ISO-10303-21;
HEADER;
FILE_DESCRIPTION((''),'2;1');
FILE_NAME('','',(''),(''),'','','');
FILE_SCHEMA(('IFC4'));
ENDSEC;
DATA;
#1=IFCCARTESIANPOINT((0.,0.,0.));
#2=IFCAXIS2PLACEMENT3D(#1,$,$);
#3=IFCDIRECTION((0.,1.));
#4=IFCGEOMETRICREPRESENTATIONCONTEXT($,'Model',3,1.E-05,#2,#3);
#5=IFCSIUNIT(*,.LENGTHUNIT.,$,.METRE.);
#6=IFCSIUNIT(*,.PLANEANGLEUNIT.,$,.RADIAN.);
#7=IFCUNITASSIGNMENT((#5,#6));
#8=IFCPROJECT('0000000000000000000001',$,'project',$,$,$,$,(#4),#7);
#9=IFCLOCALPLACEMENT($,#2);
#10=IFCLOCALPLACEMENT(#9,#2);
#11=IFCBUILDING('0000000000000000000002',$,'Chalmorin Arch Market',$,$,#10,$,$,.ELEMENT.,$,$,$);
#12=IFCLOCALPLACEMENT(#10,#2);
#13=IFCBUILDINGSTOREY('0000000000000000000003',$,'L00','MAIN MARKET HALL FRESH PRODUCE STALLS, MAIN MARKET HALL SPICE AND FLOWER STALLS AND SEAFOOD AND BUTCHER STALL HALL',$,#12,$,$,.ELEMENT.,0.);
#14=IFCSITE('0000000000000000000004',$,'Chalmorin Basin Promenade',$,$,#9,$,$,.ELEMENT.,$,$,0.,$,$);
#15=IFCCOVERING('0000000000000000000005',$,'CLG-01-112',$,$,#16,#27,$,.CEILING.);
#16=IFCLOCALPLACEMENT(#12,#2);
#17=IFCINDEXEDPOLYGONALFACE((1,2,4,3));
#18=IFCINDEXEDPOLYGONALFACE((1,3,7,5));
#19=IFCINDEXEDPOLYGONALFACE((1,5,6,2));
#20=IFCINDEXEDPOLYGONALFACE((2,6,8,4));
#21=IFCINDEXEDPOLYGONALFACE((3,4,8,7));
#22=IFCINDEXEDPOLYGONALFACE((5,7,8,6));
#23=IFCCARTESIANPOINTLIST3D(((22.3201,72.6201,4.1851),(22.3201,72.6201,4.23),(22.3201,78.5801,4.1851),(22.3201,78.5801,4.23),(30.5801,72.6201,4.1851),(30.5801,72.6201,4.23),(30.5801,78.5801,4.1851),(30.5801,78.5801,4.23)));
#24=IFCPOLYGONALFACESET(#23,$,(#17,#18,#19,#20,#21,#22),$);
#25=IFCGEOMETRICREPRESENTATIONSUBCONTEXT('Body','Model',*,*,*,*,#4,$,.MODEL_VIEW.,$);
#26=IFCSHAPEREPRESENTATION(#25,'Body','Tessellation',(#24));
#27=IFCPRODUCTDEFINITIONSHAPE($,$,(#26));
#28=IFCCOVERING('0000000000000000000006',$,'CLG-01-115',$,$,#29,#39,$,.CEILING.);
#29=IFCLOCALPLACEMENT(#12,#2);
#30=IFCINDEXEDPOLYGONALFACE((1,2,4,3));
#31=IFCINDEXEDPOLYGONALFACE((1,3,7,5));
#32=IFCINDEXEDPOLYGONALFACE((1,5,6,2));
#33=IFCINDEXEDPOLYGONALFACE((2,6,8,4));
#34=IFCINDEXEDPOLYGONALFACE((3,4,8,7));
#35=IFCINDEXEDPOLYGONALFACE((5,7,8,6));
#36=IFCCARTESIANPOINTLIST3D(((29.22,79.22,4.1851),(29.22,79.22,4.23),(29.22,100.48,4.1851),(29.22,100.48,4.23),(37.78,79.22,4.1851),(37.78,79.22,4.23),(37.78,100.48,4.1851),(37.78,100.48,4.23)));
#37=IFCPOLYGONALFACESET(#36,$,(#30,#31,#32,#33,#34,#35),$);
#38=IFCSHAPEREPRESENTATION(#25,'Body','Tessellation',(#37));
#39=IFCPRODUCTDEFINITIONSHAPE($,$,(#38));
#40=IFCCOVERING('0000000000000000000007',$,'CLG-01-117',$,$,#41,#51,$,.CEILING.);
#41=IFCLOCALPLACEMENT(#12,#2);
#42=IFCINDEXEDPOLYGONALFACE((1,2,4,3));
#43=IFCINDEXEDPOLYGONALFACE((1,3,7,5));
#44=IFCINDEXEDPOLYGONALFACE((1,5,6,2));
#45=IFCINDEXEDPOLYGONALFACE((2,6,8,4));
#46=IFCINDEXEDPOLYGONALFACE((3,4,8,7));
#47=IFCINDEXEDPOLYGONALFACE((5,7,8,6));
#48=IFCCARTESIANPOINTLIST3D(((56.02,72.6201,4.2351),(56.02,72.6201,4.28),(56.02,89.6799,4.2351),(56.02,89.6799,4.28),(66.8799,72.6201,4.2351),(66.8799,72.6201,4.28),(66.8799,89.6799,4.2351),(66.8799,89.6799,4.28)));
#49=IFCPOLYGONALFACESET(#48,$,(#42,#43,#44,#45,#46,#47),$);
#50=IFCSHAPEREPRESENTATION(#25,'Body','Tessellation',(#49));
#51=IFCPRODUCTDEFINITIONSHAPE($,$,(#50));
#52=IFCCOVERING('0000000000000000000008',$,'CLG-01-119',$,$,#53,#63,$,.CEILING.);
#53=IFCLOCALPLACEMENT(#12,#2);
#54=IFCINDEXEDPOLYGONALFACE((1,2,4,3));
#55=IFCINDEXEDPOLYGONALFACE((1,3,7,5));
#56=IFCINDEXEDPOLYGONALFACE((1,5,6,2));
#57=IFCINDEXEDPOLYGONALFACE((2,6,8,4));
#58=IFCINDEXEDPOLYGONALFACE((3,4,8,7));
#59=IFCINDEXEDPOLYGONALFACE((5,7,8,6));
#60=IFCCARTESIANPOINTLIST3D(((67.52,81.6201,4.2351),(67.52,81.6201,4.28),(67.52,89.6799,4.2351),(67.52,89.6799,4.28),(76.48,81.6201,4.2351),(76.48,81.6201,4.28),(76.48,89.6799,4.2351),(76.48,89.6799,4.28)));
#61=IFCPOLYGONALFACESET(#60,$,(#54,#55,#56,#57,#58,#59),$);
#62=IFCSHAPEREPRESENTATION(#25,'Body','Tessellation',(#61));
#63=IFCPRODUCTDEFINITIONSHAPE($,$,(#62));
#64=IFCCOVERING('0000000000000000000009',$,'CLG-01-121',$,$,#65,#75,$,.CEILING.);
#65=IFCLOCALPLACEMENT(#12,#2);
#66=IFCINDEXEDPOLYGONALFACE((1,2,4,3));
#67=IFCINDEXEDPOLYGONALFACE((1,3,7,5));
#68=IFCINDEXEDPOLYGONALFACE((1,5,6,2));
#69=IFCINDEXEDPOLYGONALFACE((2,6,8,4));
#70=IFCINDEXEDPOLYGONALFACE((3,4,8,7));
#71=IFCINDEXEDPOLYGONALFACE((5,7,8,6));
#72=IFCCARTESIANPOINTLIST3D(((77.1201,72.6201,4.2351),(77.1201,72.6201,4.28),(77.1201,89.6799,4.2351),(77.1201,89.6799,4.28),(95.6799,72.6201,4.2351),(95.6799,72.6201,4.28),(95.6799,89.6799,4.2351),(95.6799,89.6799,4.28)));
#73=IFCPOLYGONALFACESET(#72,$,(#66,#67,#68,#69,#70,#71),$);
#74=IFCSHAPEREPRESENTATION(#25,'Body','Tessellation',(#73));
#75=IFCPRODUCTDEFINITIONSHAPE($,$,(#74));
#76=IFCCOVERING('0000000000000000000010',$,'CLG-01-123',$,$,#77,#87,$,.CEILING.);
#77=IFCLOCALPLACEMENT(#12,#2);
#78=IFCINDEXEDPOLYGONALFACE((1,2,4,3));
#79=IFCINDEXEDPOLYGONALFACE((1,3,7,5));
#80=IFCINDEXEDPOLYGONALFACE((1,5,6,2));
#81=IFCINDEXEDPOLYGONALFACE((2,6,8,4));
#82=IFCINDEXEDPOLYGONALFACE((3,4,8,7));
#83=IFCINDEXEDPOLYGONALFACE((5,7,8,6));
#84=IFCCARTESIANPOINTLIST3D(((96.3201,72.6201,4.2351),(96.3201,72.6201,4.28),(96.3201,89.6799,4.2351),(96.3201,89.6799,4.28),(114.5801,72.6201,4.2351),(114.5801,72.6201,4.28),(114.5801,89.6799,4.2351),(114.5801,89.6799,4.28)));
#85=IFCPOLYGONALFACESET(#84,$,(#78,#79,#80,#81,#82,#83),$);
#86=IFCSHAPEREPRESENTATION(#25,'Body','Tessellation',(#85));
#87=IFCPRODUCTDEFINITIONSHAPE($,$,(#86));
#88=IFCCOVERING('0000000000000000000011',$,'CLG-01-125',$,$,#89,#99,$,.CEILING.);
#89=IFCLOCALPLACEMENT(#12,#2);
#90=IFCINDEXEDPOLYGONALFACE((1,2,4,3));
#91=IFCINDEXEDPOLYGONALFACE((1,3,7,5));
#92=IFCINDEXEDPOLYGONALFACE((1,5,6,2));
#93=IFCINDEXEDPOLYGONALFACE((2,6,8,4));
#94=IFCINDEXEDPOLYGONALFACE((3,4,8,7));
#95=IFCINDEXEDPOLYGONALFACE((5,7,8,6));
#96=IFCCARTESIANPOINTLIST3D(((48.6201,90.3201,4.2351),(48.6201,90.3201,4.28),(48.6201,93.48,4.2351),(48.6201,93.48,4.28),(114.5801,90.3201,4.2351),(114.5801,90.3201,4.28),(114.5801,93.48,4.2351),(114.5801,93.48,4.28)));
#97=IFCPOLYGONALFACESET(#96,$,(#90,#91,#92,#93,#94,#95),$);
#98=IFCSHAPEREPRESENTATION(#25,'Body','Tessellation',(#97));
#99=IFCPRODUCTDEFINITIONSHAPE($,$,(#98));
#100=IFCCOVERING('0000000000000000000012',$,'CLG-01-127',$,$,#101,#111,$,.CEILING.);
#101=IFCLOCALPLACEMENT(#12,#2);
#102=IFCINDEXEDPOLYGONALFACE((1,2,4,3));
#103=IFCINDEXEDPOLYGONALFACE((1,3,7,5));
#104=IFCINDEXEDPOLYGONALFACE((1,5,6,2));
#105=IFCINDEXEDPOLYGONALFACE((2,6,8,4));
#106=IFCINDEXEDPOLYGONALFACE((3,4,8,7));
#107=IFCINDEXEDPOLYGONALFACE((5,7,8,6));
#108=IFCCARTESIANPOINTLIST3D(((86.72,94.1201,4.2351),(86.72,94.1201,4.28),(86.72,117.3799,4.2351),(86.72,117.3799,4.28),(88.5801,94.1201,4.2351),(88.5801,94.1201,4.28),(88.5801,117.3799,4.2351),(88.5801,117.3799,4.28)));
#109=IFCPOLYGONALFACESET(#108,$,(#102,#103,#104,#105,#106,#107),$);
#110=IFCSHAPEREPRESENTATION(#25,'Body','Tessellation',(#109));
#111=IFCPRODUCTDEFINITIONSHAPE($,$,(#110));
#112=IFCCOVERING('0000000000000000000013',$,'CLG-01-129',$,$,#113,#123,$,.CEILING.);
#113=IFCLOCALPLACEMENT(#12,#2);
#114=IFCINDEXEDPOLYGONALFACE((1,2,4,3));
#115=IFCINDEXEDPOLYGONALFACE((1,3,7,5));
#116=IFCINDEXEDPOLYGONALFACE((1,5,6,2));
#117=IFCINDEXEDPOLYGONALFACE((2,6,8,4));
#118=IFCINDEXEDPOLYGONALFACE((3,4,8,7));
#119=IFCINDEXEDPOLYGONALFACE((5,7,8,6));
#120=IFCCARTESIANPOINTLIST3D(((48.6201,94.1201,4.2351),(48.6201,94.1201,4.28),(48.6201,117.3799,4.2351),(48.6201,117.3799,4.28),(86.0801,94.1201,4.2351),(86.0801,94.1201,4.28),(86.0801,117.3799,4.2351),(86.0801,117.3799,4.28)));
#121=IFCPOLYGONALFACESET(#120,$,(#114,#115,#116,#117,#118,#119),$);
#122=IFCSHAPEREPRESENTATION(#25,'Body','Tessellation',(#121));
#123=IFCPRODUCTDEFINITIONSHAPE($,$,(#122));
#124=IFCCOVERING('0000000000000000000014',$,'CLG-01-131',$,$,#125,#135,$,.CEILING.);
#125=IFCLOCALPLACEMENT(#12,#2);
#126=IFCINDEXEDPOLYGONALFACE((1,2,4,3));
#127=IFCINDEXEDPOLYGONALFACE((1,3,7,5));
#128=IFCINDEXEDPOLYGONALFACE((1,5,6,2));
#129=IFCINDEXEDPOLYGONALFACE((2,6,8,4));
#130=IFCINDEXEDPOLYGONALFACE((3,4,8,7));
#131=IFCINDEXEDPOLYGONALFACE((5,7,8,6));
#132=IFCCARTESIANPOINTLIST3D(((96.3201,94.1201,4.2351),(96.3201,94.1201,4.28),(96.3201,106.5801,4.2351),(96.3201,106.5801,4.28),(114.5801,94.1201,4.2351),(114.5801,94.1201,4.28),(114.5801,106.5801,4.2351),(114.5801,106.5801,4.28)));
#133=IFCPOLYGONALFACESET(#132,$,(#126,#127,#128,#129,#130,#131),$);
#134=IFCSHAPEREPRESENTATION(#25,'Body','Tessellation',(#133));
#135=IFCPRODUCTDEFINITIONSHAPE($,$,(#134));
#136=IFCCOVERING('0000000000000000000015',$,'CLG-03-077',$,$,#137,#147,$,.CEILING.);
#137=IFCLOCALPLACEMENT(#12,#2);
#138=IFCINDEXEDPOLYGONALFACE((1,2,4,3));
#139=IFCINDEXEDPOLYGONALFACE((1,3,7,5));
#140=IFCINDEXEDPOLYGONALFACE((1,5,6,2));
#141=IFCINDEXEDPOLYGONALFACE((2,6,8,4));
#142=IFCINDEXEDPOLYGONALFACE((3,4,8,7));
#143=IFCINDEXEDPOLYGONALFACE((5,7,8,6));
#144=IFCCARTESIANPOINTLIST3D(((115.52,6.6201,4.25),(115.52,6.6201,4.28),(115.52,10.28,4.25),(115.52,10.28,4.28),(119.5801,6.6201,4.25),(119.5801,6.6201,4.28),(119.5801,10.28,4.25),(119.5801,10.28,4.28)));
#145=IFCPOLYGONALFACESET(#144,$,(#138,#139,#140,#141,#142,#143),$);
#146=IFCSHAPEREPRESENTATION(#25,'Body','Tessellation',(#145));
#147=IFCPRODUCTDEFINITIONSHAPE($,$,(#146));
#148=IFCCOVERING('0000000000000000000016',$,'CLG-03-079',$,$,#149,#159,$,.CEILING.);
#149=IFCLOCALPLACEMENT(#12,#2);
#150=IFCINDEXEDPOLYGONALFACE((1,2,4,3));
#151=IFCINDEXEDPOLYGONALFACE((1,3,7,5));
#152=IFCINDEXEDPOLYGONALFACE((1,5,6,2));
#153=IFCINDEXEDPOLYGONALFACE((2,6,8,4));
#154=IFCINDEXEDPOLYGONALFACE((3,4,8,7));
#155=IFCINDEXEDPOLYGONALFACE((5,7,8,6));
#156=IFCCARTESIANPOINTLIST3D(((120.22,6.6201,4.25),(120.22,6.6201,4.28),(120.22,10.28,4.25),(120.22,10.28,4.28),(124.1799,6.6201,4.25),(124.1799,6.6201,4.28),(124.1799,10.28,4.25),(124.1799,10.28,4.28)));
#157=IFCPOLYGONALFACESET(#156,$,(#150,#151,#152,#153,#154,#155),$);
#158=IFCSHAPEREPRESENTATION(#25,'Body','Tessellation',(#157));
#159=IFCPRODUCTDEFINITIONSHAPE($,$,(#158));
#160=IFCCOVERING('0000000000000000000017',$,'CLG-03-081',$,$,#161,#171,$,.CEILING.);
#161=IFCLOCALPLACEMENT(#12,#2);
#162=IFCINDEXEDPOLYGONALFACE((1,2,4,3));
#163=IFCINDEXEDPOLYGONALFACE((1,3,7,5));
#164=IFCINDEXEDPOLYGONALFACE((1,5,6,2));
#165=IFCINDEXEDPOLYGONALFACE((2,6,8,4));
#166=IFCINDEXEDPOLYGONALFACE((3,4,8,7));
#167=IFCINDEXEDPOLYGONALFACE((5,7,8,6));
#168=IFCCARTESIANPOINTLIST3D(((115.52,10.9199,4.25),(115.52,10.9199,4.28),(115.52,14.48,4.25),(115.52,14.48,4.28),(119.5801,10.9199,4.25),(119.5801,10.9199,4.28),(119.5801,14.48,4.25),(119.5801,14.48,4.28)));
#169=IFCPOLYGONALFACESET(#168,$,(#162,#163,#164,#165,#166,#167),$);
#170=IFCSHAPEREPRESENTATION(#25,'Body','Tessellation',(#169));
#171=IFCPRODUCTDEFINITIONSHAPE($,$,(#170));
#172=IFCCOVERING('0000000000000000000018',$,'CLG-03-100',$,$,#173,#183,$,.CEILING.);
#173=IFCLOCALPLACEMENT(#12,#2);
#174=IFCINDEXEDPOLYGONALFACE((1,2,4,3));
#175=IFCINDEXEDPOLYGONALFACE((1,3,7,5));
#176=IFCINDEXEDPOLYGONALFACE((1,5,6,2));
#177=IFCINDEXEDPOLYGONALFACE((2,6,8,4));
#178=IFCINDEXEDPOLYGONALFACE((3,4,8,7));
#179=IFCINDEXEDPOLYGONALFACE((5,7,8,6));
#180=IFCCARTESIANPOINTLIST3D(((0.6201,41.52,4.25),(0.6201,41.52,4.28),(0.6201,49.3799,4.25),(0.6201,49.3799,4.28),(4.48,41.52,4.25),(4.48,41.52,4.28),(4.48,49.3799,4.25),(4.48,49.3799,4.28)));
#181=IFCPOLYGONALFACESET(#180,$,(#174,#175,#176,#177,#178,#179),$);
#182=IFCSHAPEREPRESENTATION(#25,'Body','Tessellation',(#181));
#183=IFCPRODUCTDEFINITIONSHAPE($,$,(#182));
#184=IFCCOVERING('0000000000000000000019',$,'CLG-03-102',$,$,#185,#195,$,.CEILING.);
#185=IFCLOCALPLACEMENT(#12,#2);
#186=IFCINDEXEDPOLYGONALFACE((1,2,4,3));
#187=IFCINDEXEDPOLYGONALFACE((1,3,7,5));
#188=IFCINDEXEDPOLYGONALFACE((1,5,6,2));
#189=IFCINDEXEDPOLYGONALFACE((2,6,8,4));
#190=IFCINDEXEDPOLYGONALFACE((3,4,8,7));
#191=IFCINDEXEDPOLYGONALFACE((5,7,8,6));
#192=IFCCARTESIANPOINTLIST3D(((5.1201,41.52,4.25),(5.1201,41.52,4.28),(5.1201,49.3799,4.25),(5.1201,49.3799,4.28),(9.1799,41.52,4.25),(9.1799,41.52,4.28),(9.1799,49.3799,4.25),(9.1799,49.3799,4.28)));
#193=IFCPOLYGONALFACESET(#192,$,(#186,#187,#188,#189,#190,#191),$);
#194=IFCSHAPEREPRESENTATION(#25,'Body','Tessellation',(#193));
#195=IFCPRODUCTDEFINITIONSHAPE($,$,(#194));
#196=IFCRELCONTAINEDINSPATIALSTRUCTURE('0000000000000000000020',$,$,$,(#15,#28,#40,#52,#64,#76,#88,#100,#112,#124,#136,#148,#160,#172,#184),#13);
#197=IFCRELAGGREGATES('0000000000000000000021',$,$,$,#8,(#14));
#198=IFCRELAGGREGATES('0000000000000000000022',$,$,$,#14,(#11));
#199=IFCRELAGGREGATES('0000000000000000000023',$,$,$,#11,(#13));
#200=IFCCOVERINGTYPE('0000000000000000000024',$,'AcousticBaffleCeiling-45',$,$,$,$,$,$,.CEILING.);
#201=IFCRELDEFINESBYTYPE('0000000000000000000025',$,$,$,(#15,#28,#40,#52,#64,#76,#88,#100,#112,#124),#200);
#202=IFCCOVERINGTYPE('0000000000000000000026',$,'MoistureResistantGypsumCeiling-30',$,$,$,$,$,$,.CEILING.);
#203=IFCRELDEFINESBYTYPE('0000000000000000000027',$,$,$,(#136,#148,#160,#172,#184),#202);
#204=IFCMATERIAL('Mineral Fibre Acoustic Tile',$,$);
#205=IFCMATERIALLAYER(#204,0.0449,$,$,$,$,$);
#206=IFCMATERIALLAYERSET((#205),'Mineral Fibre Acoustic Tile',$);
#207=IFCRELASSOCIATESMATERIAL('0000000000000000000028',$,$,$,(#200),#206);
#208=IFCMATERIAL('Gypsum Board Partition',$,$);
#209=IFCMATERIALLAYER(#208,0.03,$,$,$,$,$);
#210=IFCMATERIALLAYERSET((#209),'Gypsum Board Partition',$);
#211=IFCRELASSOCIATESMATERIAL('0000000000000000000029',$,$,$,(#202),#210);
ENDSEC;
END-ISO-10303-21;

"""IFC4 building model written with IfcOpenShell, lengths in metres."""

from ifc_helpers import new_model, si_unit, direction, frame, origin, place, context, subcontext, project, spatial, polyline, outline, extrude, material, layer, layer_set, type_object, element, save


model = new_model("IFC4")

# Units and contexts
model_context = context("Model", 3, precision=1e-05, world=origin(), true_north=direction((0.0, 1.0)))
body_context = subcontext(model_context, "Body", "Model", "MODEL_VIEW")
ifc_project = project(units=[si_unit("LENGTHUNIT", "METRE"), si_unit("PLANEANGLEUNIT", "RADIAN")], contexts=[model_context])

# Site, building, storey
site_placement = place(None, origin())
site = spatial("IfcSite", under=ifc_project, at=site_placement, Name="Chalmorin Basin Promenade", CompositionType="ELEMENT", RefElevation=0.0)
building_placement = place(site_placement, origin())
building = spatial("IfcBuilding", under=site, at=building_placement, Name="Chalmorin Arch Market", CompositionType="ELEMENT")
storey_placement = place(building_placement, origin())
storey = spatial("IfcBuildingStorey", under=building, at=storey_placement, Name="L00", Description="MAIN MARKET HALL FRESH PRODUCE STALLS, MAIN MARKET HALL SPICE AND FLOWER STALLS AND SEAFOOD AND BUTCHER STALL HALL", CompositionType="ELEMENT", Elevation=0.0)

# Coverings
ifc_material_1 = material(Name="Mineral Fibre Acoustic Tile")
ifc_layer_1 = layer(ifc_material_1, 0.0449)
ifc_layer_set_1 = layer_set([ifc_layer_1], Name="Mineral Fibre Acoustic Tile")
covering_type_1 = type_object("IfcCoveringType", Name="AcousticBaffleCeiling-45", PredefinedType="CEILING", material=ifc_layer_set_1)
covering_1_placement = place(storey_placement, frame((0.0, 0.0, 4.1851)))
element("IfcCovering", 1, at=covering_1_placement, inside=storey, type_object=covering_type_1, Name="CLG-01-112", PredefinedType="CEILING", context=body_context, shape_type="SweptSolid", body=[
    extrude(outline(polyline([(22.3201, 72.6201), (30.5801, 72.6201), (30.5801, 78.5801), (22.3201, 78.5801), (22.3201, 72.6201)])), origin(), (0.0, 0.0, 1.0), 0.0449),
])
covering_2_placement = place(storey_placement, frame((0.0, 0.0, 4.1851)))
element("IfcCovering", 2, at=covering_2_placement, inside=storey, type_object=covering_type_1, Name="CLG-01-115", PredefinedType="CEILING", context=body_context, shape_type="SweptSolid", body=[
    extrude(outline(polyline([(29.22, 79.22), (37.78, 79.22), (37.78, 100.48), (29.22, 100.48), (29.22, 79.22)])), origin(), (0.0, 0.0, 1.0), 0.0449),
])
covering_3_placement = place(storey_placement, frame((0.0, 0.0, 4.2351)))
element("IfcCovering", 3, at=covering_3_placement, inside=storey, type_object=covering_type_1, Name="CLG-01-117", PredefinedType="CEILING", context=body_context, shape_type="SweptSolid", body=[
    extrude(outline(polyline([(56.02, 72.6201), (66.8799, 72.6201), (66.8799, 89.6799), (56.02, 89.6799), (56.02, 72.6201)])), origin(), (0.0, 0.0, 1.0), 0.0449),
])
covering_4_placement = place(storey_placement, frame((0.0, 0.0, 4.2351)))
element("IfcCovering", 4, at=covering_4_placement, inside=storey, type_object=covering_type_1, Name="CLG-01-119", PredefinedType="CEILING", context=body_context, shape_type="SweptSolid", body=[
    extrude(outline(polyline([(67.52, 81.6201), (76.48, 81.6201), (76.48, 89.6799), (67.52, 89.6799), (67.52, 81.6201)])), origin(), (0.0, 0.0, 1.0), 0.0449),
])
covering_5_placement = place(storey_placement, frame((0.0, 0.0, 4.2351)))
element("IfcCovering", 5, at=covering_5_placement, inside=storey, type_object=covering_type_1, Name="CLG-01-121", PredefinedType="CEILING", context=body_context, shape_type="SweptSolid", body=[
    extrude(outline(polyline([(77.1201, 72.6201), (95.6799, 72.6201), (95.6799, 89.6799), (77.1201, 89.6799), (77.1201, 72.6201)])), origin(), (0.0, 0.0, 1.0), 0.0449),
])
covering_6_placement = place(storey_placement, frame((0.0, 0.0, 4.2351)))
element("IfcCovering", 6, at=covering_6_placement, inside=storey, type_object=covering_type_1, Name="CLG-01-123", PredefinedType="CEILING", context=body_context, shape_type="SweptSolid", body=[
    extrude(outline(polyline([(96.3201, 72.6201), (114.5801, 72.6201), (114.5801, 89.6799), (96.3201, 89.6799), (96.3201, 72.6201)])), origin(), (0.0, 0.0, 1.0), 0.0449),
])
covering_7_placement = place(storey_placement, frame((0.0, 0.0, 4.2351)))
element("IfcCovering", 7, at=covering_7_placement, inside=storey, type_object=covering_type_1, Name="CLG-01-125", PredefinedType="CEILING", context=body_context, shape_type="SweptSolid", body=[
    extrude(outline(polyline([(48.6201, 90.3201), (114.5801, 90.3201), (114.5801, 93.48), (48.6201, 93.48), (48.6201, 90.3201)])), origin(), (0.0, 0.0, 1.0), 0.0449),
])
covering_8_placement = place(storey_placement, frame((0.0, 0.0, 4.2351)))
element("IfcCovering", 8, at=covering_8_placement, inside=storey, type_object=covering_type_1, Name="CLG-01-127", PredefinedType="CEILING", context=body_context, shape_type="SweptSolid", body=[
    extrude(outline(polyline([(86.72, 94.1201), (88.5801, 94.1201), (88.5801, 117.3799), (86.72, 117.3799), (86.72, 94.1201)])), origin(), (0.0, 0.0, 1.0), 0.0449),
])
covering_9_placement = place(storey_placement, frame((0.0, 0.0, 4.2351)))
element("IfcCovering", 9, at=covering_9_placement, inside=storey, type_object=covering_type_1, Name="CLG-01-129", PredefinedType="CEILING", context=body_context, shape_type="SweptSolid", body=[
    extrude(outline(polyline([(48.6201, 94.1201), (86.0801, 94.1201), (86.0801, 117.3799), (48.6201, 117.3799), (48.6201, 94.1201)])), origin(), (0.0, 0.0, 1.0), 0.0449),
])
covering_10_placement = place(storey_placement, frame((0.0, 0.0, 4.2351)))
element("IfcCovering", 10, at=covering_10_placement, inside=storey, type_object=covering_type_1, Name="CLG-01-131", PredefinedType="CEILING", context=body_context, shape_type="SweptSolid", body=[
    extrude(outline(polyline([(96.3201, 94.1201), (114.5801, 94.1201), (114.5801, 106.5801), (96.3201, 106.5801), (96.3201, 94.1201)])), origin(), (0.0, 0.0, 1.0), 0.0449),
])
ifc_material_2 = material(Name="Gypsum Board Partition")
ifc_layer_2 = layer(ifc_material_2, 0.03)
ifc_layer_set_2 = layer_set([ifc_layer_2], Name="Gypsum Board Partition")
covering_type_2 = type_object("IfcCoveringType", Name="MoistureResistantGypsumCeiling-30", PredefinedType="CEILING", material=ifc_layer_set_2)
covering_11_placement = place(storey_placement, frame((0.0, 0.0, 4.25)))
element("IfcCovering", 11, at=covering_11_placement, inside=storey, type_object=covering_type_2, Name="CLG-03-077", PredefinedType="CEILING", context=body_context, shape_type="SweptSolid", body=[
    extrude(outline(polyline([(115.52, 6.6201), (119.5801, 6.6201), (119.5801, 10.28), (115.52, 10.28), (115.52, 6.6201)])), origin(), (0.0, 0.0, 1.0), 0.03),
])
covering_12_placement = place(storey_placement, frame((0.0, 0.0, 4.25)))
element("IfcCovering", 12, at=covering_12_placement, inside=storey, type_object=covering_type_2, Name="CLG-03-079", PredefinedType="CEILING", context=body_context, shape_type="SweptSolid", body=[
    extrude(outline(polyline([(120.22, 6.6201), (124.1799, 6.6201), (124.1799, 10.28), (120.22, 10.28), (120.22, 6.6201)])), origin(), (0.0, 0.0, 1.0), 0.03),
])
covering_13_placement = place(storey_placement, frame((0.0, 0.0, 4.25)))
element("IfcCovering", 13, at=covering_13_placement, inside=storey, type_object=covering_type_2, Name="CLG-03-081", PredefinedType="CEILING", context=body_context, shape_type="SweptSolid", body=[
    extrude(outline(polyline([(115.52, 10.9199), (119.5801, 10.9199), (119.5801, 14.48), (115.52, 14.48), (115.52, 10.9199)])), origin(), (0.0, 0.0, 1.0), 0.03),
])
covering_14_placement = place(storey_placement, frame((0.0, 0.0, 4.25)))
element("IfcCovering", 14, at=covering_14_placement, inside=storey, type_object=covering_type_2, Name="CLG-03-100", PredefinedType="CEILING", context=body_context, shape_type="SweptSolid", body=[
    extrude(outline(polyline([(0.6201, 41.52), (4.48, 41.52), (4.48, 49.3799), (0.6201, 49.3799), (0.6201, 41.52)])), origin(), (0.0, 0.0, 1.0), 0.03),
])
covering_15_placement = place(storey_placement, frame((0.0, 0.0, 4.25)))
element("IfcCovering", 15, at=covering_15_placement, inside=storey, type_object=covering_type_2, Name="CLG-03-102", PredefinedType="CEILING", context=body_context, shape_type="SweptSolid", body=[
    extrude(outline(polyline([(5.1201, 41.52), (9.1799, 41.52), (9.1799, 49.3799), (5.1201, 49.3799), (5.1201, 41.52)])), origin(), (0.0, 0.0, 1.0), 0.03),
])

save(model, "model.ifc")
